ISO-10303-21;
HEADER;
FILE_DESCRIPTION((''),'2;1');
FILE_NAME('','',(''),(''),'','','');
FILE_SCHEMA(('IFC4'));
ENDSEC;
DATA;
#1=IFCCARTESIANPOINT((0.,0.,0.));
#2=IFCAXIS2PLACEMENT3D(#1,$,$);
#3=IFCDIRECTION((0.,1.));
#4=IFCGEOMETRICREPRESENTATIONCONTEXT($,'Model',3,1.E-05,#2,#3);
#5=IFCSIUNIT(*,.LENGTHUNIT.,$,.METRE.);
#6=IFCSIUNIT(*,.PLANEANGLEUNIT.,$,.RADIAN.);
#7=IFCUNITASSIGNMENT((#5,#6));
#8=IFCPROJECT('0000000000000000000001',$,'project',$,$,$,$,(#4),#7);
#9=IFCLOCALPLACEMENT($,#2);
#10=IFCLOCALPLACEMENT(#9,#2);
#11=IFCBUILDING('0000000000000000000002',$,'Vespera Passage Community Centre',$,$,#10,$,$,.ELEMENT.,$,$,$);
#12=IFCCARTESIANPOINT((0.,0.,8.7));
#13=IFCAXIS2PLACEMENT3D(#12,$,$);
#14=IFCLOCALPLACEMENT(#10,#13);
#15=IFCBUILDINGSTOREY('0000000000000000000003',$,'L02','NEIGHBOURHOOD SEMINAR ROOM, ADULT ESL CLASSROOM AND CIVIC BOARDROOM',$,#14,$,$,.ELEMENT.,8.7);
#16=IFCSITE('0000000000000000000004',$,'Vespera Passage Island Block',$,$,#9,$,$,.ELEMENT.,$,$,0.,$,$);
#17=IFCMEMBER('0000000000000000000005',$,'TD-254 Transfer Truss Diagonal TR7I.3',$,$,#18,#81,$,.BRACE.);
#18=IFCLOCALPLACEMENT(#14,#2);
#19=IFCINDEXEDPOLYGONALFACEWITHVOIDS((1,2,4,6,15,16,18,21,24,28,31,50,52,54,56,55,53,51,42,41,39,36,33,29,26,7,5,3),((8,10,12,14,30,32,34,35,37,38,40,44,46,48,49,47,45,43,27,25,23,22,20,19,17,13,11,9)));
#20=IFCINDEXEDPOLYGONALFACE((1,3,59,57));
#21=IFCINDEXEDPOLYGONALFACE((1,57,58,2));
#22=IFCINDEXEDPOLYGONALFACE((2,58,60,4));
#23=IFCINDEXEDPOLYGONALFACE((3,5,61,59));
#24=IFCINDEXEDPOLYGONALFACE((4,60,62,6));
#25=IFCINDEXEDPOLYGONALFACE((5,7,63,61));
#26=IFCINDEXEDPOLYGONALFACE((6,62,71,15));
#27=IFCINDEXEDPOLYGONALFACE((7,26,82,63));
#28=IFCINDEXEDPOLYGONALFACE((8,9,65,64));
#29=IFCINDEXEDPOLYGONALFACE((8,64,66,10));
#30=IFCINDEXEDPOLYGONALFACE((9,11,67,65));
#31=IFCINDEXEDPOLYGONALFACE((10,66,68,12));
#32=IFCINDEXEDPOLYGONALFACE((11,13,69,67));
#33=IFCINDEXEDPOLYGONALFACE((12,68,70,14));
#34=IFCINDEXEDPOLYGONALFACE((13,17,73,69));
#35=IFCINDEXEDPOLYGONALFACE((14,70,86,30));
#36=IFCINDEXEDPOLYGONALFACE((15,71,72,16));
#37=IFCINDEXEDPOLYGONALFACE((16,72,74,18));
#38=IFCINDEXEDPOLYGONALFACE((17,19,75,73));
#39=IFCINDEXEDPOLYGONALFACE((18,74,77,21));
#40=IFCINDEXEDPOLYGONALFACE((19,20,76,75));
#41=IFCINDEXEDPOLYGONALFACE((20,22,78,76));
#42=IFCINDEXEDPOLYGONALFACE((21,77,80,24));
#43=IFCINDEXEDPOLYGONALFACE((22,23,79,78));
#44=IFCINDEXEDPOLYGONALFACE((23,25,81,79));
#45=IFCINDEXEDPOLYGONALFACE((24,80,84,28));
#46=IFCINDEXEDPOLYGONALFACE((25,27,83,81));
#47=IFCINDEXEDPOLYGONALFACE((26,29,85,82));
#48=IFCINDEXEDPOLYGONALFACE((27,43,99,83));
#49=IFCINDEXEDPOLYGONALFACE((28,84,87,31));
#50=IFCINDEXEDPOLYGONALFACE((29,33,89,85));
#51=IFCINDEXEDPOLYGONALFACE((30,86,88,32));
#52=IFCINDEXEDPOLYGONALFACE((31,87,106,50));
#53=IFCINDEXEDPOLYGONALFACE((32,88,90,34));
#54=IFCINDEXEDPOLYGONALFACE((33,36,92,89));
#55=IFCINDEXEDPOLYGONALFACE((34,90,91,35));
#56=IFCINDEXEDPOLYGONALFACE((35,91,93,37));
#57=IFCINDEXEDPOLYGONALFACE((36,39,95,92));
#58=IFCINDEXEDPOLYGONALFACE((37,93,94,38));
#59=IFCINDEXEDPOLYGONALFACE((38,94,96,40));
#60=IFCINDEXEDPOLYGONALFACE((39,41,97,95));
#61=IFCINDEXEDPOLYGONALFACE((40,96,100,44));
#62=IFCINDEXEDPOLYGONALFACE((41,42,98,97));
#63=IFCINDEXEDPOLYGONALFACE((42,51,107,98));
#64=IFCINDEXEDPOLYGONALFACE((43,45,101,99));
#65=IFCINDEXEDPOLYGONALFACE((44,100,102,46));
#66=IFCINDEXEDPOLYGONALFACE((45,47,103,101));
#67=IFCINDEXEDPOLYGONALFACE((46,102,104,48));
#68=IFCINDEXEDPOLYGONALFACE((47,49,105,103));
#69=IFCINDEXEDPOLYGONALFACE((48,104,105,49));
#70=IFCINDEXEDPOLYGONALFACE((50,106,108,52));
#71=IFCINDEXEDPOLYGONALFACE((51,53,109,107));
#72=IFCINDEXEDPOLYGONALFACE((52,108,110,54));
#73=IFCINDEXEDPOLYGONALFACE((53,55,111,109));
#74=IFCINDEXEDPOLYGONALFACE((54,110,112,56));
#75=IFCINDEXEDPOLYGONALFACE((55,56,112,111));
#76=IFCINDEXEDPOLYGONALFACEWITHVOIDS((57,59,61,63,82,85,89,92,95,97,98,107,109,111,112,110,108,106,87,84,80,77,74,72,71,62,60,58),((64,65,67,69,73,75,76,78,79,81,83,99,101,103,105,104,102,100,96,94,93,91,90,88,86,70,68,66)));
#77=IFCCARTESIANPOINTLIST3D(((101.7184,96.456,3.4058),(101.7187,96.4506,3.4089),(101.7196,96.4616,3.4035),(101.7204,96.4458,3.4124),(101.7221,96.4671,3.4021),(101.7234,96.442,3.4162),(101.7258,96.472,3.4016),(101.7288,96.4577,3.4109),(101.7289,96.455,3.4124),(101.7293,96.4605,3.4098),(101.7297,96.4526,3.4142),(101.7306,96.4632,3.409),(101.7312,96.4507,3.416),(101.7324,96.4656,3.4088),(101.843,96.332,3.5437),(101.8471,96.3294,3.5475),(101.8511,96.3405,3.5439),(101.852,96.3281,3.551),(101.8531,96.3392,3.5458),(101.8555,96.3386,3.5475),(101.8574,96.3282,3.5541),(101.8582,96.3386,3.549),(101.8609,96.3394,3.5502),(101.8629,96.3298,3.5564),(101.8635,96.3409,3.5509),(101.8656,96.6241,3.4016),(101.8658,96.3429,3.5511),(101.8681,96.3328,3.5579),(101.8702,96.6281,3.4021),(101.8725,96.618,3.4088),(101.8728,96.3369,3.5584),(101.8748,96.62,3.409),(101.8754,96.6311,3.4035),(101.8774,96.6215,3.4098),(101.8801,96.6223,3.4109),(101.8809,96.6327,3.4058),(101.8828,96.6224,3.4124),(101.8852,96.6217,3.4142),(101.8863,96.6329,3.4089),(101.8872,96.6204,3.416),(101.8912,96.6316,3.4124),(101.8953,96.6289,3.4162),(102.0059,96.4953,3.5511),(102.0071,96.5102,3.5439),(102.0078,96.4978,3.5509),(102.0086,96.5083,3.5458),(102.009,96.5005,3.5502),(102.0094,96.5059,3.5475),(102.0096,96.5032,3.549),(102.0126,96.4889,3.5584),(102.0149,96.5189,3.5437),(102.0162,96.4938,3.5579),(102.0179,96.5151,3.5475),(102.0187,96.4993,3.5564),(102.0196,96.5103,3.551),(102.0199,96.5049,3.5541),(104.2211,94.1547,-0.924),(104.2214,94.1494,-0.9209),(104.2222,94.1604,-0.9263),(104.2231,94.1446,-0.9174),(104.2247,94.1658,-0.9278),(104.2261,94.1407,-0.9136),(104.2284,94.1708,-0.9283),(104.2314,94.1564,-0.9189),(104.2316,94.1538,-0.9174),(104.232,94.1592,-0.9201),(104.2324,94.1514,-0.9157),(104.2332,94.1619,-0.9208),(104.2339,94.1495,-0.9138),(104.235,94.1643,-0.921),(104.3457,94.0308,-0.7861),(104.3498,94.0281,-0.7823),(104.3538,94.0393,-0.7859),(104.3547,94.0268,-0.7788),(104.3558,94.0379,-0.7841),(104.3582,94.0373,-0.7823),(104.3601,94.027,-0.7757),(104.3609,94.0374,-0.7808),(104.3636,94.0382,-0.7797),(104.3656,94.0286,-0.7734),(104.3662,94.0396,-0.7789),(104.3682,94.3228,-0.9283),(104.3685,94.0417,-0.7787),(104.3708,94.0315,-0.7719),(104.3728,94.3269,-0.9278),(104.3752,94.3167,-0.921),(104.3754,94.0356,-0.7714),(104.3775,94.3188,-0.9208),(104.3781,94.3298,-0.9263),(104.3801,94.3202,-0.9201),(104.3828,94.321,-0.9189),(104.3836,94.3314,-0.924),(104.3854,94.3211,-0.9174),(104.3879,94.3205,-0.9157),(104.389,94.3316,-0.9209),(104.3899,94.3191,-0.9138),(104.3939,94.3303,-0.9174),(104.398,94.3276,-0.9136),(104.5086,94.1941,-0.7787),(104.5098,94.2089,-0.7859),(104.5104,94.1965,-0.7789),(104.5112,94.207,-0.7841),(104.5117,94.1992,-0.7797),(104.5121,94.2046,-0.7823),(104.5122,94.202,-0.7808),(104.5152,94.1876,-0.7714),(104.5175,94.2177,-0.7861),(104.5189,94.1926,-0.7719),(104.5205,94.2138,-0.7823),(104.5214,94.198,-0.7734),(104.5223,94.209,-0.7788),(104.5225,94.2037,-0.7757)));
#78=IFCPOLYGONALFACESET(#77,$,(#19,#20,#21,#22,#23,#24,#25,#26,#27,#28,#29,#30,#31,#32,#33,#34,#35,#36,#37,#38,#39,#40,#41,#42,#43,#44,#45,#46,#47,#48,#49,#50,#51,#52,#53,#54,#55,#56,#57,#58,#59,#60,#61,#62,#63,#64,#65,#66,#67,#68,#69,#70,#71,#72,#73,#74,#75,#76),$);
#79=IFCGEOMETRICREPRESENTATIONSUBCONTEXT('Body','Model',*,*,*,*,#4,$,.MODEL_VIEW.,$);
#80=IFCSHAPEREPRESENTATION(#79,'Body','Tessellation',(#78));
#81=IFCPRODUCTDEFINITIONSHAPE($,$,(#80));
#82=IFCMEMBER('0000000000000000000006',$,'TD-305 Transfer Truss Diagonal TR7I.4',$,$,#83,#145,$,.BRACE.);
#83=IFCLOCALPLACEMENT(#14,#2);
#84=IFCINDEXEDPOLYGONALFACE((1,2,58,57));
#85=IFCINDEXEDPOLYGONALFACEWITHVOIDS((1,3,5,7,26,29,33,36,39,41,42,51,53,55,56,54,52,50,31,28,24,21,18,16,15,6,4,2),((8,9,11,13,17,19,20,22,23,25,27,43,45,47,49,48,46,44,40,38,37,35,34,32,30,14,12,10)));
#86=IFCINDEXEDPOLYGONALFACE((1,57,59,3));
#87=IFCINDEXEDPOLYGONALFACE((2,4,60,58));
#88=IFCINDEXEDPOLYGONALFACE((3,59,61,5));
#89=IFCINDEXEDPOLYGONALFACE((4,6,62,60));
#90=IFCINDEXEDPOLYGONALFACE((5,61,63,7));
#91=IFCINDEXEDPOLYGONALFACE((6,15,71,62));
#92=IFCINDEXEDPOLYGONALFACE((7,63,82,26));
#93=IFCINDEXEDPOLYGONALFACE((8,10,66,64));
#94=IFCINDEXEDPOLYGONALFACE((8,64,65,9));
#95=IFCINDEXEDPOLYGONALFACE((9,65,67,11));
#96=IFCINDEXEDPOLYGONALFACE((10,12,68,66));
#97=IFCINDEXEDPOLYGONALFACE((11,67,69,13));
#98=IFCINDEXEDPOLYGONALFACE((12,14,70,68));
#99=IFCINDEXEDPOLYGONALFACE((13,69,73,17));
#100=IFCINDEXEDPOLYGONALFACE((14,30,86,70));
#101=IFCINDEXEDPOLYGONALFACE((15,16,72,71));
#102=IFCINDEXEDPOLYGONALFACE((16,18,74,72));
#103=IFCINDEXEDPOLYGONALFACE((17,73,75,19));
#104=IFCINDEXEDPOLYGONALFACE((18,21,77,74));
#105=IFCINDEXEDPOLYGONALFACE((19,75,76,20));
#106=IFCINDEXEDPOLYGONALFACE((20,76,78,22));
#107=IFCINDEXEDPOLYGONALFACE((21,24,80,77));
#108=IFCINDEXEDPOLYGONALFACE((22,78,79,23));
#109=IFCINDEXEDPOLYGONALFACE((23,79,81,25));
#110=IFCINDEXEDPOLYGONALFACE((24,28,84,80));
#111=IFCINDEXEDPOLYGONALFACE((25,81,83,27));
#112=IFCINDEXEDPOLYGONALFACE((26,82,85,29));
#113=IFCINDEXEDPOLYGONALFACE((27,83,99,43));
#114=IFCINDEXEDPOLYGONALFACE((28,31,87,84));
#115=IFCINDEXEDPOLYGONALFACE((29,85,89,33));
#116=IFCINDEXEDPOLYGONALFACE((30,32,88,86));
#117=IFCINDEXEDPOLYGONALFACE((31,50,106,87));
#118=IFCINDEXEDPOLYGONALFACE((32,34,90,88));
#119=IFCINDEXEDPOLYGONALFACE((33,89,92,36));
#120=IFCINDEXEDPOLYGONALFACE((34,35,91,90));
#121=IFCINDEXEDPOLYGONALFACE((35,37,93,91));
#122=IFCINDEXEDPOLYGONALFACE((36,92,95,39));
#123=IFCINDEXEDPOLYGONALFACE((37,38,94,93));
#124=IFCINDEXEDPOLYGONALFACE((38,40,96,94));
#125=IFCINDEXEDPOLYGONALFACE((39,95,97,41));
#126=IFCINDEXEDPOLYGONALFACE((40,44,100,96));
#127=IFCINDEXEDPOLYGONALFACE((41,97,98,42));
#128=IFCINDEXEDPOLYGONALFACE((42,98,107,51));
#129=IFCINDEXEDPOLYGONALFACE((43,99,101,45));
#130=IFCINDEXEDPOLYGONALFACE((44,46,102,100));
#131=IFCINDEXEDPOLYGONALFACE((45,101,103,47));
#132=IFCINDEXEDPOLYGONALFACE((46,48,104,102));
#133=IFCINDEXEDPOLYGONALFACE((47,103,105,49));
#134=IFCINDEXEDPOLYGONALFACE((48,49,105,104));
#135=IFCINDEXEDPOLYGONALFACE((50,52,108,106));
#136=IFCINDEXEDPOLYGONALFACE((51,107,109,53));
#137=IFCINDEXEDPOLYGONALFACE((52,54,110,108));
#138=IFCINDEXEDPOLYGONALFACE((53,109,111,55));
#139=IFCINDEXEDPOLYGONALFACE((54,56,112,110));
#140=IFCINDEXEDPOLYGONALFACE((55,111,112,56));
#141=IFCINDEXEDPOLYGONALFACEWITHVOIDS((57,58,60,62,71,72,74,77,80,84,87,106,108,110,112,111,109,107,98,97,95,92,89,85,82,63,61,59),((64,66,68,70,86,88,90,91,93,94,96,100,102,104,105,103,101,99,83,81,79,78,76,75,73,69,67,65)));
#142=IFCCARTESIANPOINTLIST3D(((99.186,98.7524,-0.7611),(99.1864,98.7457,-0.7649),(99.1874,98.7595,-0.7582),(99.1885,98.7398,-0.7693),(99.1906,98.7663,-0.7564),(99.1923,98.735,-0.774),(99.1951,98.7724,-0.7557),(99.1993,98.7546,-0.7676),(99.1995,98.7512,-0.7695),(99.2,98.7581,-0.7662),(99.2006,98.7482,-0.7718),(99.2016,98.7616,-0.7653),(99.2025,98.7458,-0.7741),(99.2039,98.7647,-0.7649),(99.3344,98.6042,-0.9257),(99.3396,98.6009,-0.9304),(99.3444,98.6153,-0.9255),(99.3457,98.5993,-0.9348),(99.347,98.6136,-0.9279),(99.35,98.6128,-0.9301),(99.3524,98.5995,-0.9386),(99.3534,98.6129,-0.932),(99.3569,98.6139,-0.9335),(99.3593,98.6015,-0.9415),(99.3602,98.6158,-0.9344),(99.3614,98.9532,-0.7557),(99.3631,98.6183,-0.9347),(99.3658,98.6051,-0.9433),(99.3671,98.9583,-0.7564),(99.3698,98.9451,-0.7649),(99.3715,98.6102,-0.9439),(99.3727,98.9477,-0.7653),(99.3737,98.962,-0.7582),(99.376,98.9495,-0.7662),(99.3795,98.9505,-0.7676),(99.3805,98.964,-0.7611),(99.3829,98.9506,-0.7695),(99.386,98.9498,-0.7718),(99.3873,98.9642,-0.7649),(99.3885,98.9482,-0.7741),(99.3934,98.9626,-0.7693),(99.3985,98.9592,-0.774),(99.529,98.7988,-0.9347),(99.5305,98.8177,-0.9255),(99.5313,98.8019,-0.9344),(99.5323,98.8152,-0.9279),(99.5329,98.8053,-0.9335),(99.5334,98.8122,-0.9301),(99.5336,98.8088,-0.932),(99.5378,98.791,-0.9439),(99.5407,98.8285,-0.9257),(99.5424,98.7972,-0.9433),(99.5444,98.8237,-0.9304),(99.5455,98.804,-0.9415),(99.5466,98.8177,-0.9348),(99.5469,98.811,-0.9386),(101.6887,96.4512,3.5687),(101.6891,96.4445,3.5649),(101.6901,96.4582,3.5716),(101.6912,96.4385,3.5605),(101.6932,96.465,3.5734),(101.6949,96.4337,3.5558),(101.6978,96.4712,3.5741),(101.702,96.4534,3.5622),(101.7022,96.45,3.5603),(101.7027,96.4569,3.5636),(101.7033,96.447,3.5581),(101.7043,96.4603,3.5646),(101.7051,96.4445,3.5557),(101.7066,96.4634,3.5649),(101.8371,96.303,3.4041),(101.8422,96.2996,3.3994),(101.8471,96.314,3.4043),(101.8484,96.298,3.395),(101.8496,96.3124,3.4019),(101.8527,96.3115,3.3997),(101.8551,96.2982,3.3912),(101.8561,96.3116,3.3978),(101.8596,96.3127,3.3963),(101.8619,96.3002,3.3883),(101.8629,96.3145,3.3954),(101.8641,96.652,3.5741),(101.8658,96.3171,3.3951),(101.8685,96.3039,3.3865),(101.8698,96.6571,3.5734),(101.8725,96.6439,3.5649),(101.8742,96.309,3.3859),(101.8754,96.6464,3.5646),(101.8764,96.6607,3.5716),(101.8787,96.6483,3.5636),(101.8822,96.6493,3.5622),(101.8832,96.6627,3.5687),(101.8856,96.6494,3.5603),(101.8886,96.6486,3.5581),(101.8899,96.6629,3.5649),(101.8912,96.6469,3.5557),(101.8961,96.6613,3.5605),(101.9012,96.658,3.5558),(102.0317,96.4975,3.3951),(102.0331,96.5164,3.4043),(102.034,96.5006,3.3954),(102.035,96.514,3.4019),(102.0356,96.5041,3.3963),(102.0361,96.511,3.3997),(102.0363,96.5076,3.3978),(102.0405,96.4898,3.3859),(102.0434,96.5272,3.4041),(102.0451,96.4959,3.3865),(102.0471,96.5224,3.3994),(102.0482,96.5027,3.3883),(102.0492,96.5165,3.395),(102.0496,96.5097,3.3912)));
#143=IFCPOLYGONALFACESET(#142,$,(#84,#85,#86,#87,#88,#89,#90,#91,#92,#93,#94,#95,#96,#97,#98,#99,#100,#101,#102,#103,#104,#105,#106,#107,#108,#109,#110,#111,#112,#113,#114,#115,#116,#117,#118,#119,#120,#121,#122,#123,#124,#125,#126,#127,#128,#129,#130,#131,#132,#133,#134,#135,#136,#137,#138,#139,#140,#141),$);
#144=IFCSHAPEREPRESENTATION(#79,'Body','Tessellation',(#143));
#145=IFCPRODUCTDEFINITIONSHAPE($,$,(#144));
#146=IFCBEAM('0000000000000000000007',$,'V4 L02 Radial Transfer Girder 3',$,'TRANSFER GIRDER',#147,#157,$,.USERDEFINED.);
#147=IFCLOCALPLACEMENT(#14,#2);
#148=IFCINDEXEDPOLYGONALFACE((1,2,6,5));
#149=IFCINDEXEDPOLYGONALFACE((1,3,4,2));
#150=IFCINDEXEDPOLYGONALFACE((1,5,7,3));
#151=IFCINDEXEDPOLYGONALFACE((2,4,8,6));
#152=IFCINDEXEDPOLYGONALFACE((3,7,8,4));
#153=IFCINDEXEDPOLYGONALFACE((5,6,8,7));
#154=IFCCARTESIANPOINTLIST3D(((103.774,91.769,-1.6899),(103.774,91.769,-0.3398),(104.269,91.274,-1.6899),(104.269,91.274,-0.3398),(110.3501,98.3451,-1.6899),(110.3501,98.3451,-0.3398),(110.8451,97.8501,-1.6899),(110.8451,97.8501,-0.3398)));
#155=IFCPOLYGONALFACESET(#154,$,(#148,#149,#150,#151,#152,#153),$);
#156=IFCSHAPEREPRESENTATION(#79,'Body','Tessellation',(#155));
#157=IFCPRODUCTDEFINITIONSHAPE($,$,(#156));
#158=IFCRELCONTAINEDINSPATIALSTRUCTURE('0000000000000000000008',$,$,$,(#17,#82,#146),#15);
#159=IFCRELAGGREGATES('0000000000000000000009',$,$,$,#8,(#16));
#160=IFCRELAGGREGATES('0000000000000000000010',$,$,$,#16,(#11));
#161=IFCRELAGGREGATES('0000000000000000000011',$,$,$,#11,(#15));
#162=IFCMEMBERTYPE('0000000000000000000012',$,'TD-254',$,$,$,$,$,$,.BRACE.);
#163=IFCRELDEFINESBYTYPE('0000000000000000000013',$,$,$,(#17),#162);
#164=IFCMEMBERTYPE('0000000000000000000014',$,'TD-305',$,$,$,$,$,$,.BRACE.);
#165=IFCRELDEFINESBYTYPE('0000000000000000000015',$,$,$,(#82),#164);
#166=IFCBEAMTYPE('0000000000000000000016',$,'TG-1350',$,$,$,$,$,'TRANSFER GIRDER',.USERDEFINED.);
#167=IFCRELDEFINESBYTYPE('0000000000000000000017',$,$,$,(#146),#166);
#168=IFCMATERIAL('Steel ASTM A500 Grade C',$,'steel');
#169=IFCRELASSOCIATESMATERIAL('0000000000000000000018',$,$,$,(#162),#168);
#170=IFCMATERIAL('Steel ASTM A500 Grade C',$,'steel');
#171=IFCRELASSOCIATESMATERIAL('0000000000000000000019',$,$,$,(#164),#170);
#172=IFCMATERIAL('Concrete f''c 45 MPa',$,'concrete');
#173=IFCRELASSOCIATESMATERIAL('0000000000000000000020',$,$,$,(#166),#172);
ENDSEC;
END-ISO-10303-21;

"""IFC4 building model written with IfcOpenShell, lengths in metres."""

from ifc_helpers import new_model, si_unit, direction, frame, origin, origin_2d, place, context, subcontext, project, spatial, rectangle, hollow_rectangle, extrude, material, material_profile, profile_set, type_object, element, save


model = new_model("IFC4")

# Units and contexts
model_context = context("Model", 3, precision=1e-05, world=origin(), true_north=direction((0.0, 1.0)))
body_context = subcontext(model_context, "Body", "Model", "MODEL_VIEW")
ifc_project = project(units=[si_unit("LENGTHUNIT", "METRE"), si_unit("PLANEANGLEUNIT", "RADIAN")], contexts=[model_context])

# Site, building, storey
site_placement = place(None, origin())
site = spatial("IfcSite", under=ifc_project, at=site_placement, Name="Vespera Passage Island Block", CompositionType="ELEMENT", RefElevation=0.0)
building_placement = place(site_placement, origin())
building = spatial("IfcBuilding", under=site, at=building_placement, Name="Vespera Passage Community Centre", CompositionType="ELEMENT")
storey_placement = place(building_placement, frame((0.0, 0.0, 8.7)))
storey = spatial("IfcBuildingStorey", under=building, at=storey_placement, Name="L02", Description="NEIGHBOURHOOD SEMINAR ROOM, ADULT ESL CLASSROOM AND CIVIC BOARDROOM", CompositionType="ELEMENT", Elevation=8.7)

# Members
ifc_material_1 = material(Name="Steel ASTM A500 Grade C", Category="steel")
ifc_material_profile_1 = material_profile(ifc_material_1, hollow_rectangle(XDim=0.2539, YDim=0.2539, WallThickness=0.0117, InnerFilletRadius=0.0117, OuterFilletRadius=0.0237, at=origin_2d()), Name="HSS254X254X12.7")
ifc_profile_set_1 = profile_set([ifc_material_profile_1], Name="Steel ASTM A500 Grade C")
member_type_1 = type_object("IfcMemberType", Name="TD-254", PredefinedType="BRACE", material=ifc_profile_set_1)
member_1_placement = place(storey_placement, frame((104.3718, 94.1792, -0.8499), z_axis=(-0.454608, 0.418021, 0.786505), x_axis=(-0.676865, -0.736107, 0.0)))
element("IfcMember", 1, at=member_1_placement, inside=storey, type_object=member_type_1, Name="TD-254 Transfer Truss Diagonal TR7I.3", PredefinedType="BRACE", context=body_context, shape_type="SweptSolid", body=[
    extrude(hollow_rectangle(XDim=0.2539, YDim=0.2539, WallThickness=0.0117, InnerFilletRadius=0.0117, OuterFilletRadius=0.0237, at=origin_2d()), origin(), (0.0, 0.0, 1.0), 5.5051),
])
ifc_material_2 = material(Name="Steel ASTM A500 Grade C", Category="steel")
ifc_material_profile_2 = material_profile(ifc_material_2, hollow_rectangle(XDim=0.3047, YDim=0.3047, WallThickness=0.0149, InnerFilletRadius=0.0149, OuterFilletRadius=0.0295, at=origin_2d()), Name="HSS305X305X15.9")
ifc_profile_set_2 = profile_set([ifc_material_profile_2], Name="Steel ASTM A500 Grade C")
member_type_2 = type_object("IfcMemberType", Name="TD-305", PredefinedType="BRACE", material=ifc_profile_set_2)
member_2_placement = place(storey_placement, frame((101.8691, 96.4805, 3.48), z_axis=(-0.454608, 0.418021, -0.786505), x_axis=(-0.676865, -0.736107, 0.0)))
element("IfcMember", 2, at=member_2_placement, inside=storey, type_object=member_type_2, Name="TD-305 Transfer Truss Diagonal TR7I.4", PredefinedType="BRACE", context=body_context, shape_type="SweptSolid", body=[
    extrude(hollow_rectangle(XDim=0.3047, YDim=0.3047, WallThickness=0.0149, InnerFilletRadius=0.0149, OuterFilletRadius=0.0295, at=origin_2d()), origin(), (0.0, 0.0, 1.0), 5.5051),
])

# Beam
ifc_material_3 = material(Name="Concrete f'c 45 MPa", Category="concrete")
ifc_material_profile_3 = material_profile(ifc_material_3, rectangle(XDim=0.7, YDim=1.3501, at=origin_2d()), Name="RC700X1350")
ifc_profile_set_3 = profile_set([ifc_material_profile_3], Name="Concrete f'c 45 MPa")
beam_type_1 = type_object("IfcBeamType", Name="TG-1350", ElementType="TRANSFER GIRDER", PredefinedType="USERDEFINED", material=ifc_profile_set_3)
beam_1_placement = place(storey_placement, frame((104.0215, 91.5215, -1.0149), z_axis=(0.707107, 0.707107, 0.0), x_axis=(-0.707107, 0.707107, 0.0)))
element("IfcBeam", 3, at=beam_1_placement, inside=storey, type_object=beam_type_1, Name="V4 L02 Radial Transfer Girder 3", ObjectType="TRANSFER GIRDER", PredefinedType="USERDEFINED", context=body_context, shape_type="SweptSolid", body=[
    extrude(rectangle(XDim=0.7, YDim=1.3501, at=origin_2d()), origin(), (0.0, 0.0, 1.0), 9.3),
])

save(model, "model.ifc")
